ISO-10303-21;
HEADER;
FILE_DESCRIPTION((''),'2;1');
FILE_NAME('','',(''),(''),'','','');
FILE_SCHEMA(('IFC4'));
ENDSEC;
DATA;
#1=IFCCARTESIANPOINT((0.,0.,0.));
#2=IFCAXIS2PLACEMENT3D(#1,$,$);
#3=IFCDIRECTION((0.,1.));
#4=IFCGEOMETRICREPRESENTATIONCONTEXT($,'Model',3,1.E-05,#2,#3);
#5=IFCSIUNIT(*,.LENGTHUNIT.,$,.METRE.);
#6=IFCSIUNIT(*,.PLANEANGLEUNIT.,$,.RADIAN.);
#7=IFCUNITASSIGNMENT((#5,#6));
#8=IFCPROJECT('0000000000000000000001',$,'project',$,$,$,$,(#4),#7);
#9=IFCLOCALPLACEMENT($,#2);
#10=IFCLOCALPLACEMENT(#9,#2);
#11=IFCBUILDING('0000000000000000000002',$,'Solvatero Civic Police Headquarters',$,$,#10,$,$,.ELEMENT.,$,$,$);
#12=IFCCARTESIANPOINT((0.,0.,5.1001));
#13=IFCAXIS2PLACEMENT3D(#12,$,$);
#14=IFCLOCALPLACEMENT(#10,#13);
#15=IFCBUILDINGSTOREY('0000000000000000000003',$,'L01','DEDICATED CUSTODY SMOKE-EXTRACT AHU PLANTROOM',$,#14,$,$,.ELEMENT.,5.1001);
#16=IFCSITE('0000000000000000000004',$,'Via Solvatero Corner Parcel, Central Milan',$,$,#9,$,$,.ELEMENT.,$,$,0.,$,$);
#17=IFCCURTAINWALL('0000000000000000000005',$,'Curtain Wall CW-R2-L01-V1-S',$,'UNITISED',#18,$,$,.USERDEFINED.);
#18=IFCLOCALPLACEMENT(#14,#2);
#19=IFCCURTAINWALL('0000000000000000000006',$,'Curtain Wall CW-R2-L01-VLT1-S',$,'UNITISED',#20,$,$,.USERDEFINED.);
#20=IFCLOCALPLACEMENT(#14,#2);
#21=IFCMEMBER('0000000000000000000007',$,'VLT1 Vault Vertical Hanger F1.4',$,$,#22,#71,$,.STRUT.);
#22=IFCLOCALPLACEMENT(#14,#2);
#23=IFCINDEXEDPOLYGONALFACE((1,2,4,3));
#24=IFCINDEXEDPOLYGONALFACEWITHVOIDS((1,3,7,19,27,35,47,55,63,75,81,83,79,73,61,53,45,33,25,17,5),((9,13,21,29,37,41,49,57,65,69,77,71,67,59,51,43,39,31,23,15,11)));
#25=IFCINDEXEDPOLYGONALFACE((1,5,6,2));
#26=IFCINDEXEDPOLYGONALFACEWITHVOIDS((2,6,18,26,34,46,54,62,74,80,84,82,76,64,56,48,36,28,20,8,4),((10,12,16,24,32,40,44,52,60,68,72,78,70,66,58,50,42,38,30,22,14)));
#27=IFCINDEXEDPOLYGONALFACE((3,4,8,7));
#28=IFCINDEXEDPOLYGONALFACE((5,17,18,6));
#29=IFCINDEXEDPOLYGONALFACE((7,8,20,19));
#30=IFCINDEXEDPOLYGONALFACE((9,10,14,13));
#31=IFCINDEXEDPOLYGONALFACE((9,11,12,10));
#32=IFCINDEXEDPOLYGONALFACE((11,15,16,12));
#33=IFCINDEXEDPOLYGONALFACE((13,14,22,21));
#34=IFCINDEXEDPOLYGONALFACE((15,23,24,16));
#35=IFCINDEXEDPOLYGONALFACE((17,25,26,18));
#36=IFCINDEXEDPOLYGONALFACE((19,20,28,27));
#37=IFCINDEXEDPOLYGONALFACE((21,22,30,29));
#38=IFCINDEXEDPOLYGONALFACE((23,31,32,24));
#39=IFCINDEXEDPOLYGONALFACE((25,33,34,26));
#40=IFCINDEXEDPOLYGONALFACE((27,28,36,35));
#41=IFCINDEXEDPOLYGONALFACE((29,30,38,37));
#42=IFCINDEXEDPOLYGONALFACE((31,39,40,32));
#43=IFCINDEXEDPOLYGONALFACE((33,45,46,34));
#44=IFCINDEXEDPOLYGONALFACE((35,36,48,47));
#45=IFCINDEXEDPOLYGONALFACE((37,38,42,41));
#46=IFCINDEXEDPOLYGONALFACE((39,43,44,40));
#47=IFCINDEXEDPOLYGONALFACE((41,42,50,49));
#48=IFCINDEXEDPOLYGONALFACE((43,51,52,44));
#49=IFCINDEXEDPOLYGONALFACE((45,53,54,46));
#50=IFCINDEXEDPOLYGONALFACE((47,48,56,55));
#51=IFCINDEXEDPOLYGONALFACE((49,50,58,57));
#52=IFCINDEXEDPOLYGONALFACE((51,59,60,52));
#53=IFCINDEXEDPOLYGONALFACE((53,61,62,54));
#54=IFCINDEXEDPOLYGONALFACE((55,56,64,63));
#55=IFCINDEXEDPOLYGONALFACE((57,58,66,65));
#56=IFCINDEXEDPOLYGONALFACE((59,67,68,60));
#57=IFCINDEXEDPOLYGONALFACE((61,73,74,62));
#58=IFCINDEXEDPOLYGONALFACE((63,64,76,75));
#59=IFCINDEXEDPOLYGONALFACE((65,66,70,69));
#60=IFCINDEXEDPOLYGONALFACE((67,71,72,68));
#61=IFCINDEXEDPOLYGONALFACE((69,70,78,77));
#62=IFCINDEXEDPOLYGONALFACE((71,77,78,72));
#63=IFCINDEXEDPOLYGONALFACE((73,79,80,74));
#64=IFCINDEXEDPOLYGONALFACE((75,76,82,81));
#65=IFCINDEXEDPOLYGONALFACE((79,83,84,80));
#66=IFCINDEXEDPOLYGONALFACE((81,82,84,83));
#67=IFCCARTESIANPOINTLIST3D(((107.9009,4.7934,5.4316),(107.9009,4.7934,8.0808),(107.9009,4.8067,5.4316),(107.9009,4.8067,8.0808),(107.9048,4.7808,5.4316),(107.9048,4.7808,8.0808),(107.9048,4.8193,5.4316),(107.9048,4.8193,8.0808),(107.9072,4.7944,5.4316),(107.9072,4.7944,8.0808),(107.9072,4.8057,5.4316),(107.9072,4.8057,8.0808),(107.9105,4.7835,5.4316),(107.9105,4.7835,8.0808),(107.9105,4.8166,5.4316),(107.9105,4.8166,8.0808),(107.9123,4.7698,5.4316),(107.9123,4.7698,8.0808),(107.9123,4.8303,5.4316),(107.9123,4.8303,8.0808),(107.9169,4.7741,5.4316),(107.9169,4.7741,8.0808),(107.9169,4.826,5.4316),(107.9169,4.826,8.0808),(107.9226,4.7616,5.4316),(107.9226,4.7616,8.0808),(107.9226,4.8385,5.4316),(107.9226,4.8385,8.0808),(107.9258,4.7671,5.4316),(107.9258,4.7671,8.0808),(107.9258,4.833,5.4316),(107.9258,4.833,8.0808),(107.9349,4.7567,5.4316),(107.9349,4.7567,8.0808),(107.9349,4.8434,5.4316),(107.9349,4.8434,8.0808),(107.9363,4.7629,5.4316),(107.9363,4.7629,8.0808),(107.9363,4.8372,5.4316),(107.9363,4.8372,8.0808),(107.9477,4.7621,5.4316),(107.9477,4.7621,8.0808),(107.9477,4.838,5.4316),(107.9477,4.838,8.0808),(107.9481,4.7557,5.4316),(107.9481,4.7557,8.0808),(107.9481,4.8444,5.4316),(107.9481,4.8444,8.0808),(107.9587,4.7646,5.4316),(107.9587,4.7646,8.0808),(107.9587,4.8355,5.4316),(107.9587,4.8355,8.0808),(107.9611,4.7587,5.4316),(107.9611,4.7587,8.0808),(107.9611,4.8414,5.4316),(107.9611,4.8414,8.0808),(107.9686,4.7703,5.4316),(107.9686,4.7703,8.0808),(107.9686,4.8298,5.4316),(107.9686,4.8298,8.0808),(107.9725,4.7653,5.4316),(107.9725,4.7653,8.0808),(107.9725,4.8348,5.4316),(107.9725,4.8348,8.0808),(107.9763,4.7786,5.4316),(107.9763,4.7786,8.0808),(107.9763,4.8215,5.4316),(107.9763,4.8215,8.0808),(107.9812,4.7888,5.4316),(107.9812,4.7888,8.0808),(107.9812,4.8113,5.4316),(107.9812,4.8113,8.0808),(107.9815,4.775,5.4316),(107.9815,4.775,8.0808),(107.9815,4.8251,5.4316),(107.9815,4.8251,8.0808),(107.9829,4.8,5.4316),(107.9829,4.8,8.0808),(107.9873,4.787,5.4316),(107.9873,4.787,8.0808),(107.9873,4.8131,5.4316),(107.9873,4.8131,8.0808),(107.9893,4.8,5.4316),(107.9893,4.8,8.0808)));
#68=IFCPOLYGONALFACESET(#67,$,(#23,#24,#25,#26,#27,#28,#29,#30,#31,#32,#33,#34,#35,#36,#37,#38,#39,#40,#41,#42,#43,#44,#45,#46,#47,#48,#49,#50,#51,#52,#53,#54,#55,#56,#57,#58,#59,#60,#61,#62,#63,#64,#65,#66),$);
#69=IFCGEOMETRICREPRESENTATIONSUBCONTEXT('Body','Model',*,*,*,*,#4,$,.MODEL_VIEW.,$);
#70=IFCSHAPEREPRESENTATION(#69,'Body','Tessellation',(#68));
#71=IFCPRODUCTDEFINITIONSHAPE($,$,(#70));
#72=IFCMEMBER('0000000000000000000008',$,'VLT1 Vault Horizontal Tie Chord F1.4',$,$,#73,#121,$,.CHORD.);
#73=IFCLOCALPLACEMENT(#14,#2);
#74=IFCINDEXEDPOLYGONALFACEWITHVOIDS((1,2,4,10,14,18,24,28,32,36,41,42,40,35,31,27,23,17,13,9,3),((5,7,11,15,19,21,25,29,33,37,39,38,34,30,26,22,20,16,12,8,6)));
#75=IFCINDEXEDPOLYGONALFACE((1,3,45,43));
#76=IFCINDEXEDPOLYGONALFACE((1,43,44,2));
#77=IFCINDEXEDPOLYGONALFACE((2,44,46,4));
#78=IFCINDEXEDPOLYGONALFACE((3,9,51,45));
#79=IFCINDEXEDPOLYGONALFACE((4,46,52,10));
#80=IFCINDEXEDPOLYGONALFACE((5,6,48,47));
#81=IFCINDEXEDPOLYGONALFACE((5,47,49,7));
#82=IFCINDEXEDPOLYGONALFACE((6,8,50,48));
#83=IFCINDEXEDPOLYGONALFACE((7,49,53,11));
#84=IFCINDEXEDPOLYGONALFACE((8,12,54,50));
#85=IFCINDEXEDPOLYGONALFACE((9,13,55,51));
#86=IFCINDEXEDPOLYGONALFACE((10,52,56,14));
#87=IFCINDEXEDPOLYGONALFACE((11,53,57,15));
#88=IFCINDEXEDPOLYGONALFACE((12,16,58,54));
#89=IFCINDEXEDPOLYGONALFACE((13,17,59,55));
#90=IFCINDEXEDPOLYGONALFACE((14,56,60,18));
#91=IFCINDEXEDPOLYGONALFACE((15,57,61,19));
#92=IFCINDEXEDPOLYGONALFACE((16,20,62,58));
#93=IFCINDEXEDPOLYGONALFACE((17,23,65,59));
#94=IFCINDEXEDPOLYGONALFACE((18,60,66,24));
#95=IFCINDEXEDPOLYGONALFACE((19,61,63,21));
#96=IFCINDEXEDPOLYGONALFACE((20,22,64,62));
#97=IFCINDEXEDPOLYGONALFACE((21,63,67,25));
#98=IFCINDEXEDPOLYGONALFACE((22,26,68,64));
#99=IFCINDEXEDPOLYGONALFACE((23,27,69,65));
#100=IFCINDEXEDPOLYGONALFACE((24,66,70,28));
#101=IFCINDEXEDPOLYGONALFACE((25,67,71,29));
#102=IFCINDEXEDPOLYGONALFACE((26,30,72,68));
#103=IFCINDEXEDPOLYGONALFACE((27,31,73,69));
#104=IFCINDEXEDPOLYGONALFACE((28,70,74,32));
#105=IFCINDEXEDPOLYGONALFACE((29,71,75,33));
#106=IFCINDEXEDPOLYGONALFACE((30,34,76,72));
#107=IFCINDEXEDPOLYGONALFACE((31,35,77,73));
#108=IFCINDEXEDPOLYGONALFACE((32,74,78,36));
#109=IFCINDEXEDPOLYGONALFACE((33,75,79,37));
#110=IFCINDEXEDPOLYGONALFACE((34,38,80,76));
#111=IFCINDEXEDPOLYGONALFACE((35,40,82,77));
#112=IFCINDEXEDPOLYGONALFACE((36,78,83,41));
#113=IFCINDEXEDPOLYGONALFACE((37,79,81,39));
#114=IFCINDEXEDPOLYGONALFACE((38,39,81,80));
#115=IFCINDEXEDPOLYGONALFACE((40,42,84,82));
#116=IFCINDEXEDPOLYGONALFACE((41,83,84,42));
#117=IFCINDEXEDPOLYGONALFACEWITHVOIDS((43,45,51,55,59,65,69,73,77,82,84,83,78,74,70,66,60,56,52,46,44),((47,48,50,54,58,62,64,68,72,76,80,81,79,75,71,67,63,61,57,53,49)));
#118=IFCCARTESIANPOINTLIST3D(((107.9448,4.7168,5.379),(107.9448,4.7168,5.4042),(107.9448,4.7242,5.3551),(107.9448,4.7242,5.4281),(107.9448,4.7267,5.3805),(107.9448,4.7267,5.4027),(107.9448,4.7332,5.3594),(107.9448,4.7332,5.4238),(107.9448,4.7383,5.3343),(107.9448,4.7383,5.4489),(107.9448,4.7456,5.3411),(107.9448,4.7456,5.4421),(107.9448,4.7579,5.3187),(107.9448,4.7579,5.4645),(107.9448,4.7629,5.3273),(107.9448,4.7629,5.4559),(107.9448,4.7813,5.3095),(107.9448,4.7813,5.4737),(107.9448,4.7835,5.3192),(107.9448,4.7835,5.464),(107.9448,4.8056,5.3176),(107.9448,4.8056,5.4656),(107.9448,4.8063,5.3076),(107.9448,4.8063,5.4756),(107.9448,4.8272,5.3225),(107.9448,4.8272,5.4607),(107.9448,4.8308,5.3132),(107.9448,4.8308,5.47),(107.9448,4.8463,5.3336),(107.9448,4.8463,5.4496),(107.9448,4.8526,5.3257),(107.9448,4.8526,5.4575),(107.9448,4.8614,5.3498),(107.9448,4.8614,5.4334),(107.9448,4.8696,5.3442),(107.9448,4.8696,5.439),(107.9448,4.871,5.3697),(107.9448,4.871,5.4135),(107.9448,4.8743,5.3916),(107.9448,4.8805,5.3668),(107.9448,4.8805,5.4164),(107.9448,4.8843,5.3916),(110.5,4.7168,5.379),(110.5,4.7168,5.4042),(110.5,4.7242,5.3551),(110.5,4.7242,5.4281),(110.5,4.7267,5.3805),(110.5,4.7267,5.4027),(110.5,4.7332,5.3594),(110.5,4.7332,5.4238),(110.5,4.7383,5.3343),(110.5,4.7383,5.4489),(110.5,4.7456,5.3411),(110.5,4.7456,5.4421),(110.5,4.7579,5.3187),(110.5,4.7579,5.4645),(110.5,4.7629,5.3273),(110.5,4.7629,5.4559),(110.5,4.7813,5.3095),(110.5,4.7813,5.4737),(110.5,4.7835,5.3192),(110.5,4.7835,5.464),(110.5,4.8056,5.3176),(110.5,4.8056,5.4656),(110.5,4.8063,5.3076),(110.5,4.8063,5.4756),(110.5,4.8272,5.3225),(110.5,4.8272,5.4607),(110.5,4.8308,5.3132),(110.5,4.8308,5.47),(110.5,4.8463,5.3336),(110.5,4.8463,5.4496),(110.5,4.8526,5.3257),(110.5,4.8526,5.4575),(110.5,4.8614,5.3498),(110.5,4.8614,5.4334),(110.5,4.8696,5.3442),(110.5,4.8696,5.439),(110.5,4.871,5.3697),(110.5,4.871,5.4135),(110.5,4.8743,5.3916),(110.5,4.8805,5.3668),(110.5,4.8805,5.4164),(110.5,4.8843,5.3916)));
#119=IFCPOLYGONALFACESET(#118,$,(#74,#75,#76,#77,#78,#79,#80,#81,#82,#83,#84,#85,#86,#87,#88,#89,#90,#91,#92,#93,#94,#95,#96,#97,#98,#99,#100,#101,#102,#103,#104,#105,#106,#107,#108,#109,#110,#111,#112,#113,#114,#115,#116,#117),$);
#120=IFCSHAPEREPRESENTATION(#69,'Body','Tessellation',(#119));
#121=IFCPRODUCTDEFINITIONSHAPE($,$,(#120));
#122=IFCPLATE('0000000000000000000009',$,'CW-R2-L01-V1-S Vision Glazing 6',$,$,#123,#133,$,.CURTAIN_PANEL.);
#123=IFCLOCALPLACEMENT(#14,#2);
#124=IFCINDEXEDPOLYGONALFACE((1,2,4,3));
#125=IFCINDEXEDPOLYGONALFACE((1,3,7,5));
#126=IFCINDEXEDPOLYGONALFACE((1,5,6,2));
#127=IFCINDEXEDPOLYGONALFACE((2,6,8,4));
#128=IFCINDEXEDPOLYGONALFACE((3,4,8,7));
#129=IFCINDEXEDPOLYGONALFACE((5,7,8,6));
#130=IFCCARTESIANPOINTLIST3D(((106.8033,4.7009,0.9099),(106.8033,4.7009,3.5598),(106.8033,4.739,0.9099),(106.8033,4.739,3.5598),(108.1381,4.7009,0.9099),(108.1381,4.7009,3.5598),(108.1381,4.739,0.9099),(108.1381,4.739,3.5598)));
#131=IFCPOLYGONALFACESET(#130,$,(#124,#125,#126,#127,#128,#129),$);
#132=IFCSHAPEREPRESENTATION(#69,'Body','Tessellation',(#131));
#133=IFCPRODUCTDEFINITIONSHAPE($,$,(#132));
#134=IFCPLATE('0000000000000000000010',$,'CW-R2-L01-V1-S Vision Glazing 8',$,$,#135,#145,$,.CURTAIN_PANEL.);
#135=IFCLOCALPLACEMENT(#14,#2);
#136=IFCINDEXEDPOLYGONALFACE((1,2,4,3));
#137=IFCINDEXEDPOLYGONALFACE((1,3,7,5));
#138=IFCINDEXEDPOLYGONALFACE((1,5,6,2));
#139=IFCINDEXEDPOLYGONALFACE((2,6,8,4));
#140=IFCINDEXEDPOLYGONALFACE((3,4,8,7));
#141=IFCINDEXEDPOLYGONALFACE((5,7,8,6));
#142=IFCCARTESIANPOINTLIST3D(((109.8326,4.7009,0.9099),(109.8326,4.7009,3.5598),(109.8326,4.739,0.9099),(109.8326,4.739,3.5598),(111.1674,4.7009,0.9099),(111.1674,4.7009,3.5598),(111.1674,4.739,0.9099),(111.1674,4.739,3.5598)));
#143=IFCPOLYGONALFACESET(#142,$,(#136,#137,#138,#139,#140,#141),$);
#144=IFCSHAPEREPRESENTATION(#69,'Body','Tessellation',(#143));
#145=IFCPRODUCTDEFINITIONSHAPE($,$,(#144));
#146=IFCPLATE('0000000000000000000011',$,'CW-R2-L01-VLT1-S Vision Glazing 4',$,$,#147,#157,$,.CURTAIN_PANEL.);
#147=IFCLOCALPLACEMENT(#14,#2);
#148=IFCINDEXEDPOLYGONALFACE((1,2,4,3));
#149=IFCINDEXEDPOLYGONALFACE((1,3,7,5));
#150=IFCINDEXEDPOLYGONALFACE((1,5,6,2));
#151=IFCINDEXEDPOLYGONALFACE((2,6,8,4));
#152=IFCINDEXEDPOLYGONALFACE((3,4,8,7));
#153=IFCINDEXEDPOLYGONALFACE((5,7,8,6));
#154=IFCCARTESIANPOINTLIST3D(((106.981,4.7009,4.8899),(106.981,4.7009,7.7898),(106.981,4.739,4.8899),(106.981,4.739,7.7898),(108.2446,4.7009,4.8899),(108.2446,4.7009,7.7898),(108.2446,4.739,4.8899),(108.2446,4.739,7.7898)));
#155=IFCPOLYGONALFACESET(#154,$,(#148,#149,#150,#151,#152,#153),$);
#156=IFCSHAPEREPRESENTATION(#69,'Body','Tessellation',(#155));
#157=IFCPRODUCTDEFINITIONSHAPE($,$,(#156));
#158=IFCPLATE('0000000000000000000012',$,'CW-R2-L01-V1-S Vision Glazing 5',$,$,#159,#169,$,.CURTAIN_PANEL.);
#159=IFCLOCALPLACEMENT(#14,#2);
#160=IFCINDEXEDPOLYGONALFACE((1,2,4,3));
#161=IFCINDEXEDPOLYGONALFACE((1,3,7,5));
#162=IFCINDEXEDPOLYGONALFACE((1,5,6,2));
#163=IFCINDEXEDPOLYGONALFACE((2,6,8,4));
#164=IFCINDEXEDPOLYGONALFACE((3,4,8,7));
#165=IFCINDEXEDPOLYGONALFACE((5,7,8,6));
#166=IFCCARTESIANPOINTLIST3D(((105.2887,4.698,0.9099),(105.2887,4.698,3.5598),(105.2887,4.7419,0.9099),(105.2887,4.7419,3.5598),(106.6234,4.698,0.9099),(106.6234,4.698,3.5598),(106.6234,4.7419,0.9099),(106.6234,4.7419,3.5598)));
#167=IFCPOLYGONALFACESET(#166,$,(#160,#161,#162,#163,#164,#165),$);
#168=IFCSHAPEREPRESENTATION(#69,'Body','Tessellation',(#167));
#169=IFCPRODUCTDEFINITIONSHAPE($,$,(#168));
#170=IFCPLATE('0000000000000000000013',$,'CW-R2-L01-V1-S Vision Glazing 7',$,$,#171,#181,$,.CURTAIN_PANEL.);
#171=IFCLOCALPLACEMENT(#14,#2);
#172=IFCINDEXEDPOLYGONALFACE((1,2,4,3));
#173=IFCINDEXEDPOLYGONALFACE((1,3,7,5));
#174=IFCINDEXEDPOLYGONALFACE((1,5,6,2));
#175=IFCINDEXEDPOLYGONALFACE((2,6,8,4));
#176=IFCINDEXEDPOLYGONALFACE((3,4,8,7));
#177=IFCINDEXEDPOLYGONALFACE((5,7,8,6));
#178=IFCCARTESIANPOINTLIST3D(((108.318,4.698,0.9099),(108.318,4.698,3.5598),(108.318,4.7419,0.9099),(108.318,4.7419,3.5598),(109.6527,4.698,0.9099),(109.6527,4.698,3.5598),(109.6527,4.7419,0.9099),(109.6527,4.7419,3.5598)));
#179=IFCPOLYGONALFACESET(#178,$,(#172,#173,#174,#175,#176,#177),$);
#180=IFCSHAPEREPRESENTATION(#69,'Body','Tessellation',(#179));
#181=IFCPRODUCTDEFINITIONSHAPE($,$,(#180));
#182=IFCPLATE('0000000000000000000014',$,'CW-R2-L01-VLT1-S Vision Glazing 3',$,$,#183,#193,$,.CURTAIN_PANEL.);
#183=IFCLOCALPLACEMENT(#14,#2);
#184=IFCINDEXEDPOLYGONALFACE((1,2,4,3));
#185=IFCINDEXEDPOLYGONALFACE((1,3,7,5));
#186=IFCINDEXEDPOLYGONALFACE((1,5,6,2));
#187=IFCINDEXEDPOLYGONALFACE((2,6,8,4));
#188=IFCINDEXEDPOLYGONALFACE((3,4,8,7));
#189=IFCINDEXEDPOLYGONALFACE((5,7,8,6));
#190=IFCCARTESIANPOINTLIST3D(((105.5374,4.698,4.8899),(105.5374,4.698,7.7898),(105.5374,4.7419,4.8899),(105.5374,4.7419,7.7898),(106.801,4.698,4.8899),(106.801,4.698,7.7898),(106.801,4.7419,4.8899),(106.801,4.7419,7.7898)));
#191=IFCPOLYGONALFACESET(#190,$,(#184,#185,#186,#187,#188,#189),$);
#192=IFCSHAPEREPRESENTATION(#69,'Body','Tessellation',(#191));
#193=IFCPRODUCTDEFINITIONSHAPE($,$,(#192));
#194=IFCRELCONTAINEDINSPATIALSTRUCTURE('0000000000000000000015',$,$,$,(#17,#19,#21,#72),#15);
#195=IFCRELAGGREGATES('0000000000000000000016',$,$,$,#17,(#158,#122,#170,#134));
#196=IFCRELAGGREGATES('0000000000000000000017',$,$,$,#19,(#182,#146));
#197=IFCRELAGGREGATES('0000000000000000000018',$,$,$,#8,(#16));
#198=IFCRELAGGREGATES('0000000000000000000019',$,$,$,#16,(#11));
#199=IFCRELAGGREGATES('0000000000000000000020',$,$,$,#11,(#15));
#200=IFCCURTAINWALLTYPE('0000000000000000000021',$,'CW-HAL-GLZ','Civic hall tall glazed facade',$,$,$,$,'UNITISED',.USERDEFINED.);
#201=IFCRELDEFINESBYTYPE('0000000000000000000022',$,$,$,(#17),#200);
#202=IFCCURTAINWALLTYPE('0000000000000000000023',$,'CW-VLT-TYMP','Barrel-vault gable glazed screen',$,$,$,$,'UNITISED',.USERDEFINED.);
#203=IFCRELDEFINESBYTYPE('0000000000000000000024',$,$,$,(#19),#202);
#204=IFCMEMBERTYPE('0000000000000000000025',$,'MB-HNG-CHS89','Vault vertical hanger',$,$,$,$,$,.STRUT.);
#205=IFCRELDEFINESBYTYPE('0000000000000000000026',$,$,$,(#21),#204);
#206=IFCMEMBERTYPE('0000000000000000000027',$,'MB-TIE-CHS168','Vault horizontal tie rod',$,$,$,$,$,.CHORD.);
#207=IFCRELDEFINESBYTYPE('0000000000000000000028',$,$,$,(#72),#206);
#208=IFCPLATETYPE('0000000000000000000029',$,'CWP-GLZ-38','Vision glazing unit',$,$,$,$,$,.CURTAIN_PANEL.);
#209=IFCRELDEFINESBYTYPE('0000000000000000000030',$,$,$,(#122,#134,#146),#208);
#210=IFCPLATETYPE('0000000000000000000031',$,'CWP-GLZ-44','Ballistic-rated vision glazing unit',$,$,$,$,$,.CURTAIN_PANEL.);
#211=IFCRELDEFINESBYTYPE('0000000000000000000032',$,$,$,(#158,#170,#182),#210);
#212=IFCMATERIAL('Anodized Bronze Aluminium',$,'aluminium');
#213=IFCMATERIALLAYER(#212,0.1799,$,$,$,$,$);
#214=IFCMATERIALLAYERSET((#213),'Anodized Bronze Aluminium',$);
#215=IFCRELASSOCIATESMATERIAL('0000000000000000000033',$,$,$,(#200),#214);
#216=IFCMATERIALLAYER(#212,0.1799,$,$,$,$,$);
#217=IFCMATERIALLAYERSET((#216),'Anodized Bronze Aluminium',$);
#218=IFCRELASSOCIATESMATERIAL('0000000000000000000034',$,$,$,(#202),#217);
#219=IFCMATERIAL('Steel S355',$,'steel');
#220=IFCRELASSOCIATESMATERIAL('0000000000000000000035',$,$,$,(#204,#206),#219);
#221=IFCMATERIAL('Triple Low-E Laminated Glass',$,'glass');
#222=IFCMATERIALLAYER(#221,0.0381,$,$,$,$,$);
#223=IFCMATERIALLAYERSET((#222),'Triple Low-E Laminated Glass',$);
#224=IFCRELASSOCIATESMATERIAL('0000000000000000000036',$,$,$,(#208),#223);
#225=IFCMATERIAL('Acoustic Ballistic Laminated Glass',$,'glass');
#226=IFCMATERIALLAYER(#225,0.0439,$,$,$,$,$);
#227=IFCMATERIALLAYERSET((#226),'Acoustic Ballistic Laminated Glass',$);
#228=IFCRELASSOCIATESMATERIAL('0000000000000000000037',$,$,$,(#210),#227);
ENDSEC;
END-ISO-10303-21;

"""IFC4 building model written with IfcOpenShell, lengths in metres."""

from ifc_helpers import new_model, si_unit, direction, frame, origin, origin_2d, place, context, subcontext, project, spatial, rectangle, hollow_circle, extrude, material, layer, layer_set, material_profile, profile_set, type_object, element, aggregate, save


model = new_model("IFC4")

# Units and contexts
model_context = context("Model", 3, precision=1e-05, world=origin(), true_north=direction((0.0, 1.0)))
body_context = subcontext(model_context, "Body", "Model", "MODEL_VIEW")
ifc_project = project(units=[si_unit("LENGTHUNIT", "METRE"), si_unit("PLANEANGLEUNIT", "RADIAN")], contexts=[model_context])

# Site, building, storey
site_placement = place(None, origin())
site = spatial("IfcSite", under=ifc_project, at=site_placement, Name="Via Solvatero Corner Parcel, Central Milan", CompositionType="ELEMENT", RefElevation=0.0)
building_placement = place(site_placement, origin())
building = spatial("IfcBuilding", under=site, at=building_placement, Name="Solvatero Civic Police Headquarters", CompositionType="ELEMENT")
storey_placement = place(building_placement, frame((0.0, 0.0, 5.1001)))
storey = spatial("IfcBuildingStorey", under=building, at=storey_placement, Name="L01", Description="DEDICATED CUSTODY SMOKE-EXTRACT AHU PLANTROOM", CompositionType="ELEMENT", Elevation=5.1001)

# Shared definitions
ifc_material_1 = material(Name="Steel S355", Category="steel")

# Curtain walls
ifc_material_2 = material(Name="Anodized Bronze Aluminium", Category="aluminium")
ifc_layer_1 = layer(ifc_material_2, 0.1799)
ifc_layer_set_1 = layer_set([ifc_layer_1], Name="Anodized Bronze Aluminium")
curtain_wall_type_1 = type_object("IfcCurtainWallType", Name="CW-HAL-GLZ", Description="Civic hall tall glazed facade", ElementType="UNITISED", PredefinedType="USERDEFINED", material=ifc_layer_set_1)
curtain_wall_1_placement = place(storey_placement, origin())
curtain_wall_1 = element("IfcCurtainWall", 1, at=curtain_wall_1_placement, inside=storey, type_object=curtain_wall_type_1, Name="Curtain Wall CW-R2-L01-V1-S", ObjectType="UNITISED", PredefinedType="USERDEFINED")
ifc_layer_2 = layer(ifc_material_2, 0.1799)
ifc_layer_set_2 = layer_set([ifc_layer_2], Name="Anodized Bronze Aluminium")
curtain_wall_type_2 = type_object("IfcCurtainWallType", Name="CW-VLT-TYMP", Description="Barrel-vault gable glazed screen", ElementType="UNITISED", PredefinedType="USERDEFINED", material=ifc_layer_set_2)
curtain_wall_2_placement = place(storey_placement, origin())
curtain_wall_2 = element("IfcCurtainWall", 2, at=curtain_wall_2_placement, inside=storey, type_object=curtain_wall_type_2, Name="Curtain Wall CW-R2-L01-VLT1-S", ObjectType="UNITISED", PredefinedType="USERDEFINED")

# Members
ifc_material_profile_1 = material_profile(ifc_material_1, hollow_circle(Radius=0.0444, WallThickness=0.0063, at=origin_2d()), Name="CHS 88.9x6.3")
ifc_profile_set_1 = profile_set([ifc_material_profile_1], Name="Steel S355")
member_type_1 = type_object("IfcMemberType", Name="MB-HNG-CHS89", Description="Vault vertical hanger", PredefinedType="STRUT", material=ifc_profile_set_1)
member_1_placement = place(storey_placement, frame((107.9448, 4.8, 5.4316), z_axis=(0.0, 0.0, 1.0), x_axis=(1.0, 0.0, 0.0)))
element("IfcMember", 3, at=member_1_placement, inside=storey, type_object=member_type_1, Name="VLT1 Vault Vertical Hanger F1.4", PredefinedType="STRUT", context=body_context, shape_type="SweptSolid", body=[
    extrude(hollow_circle(Radius=0.0444, WallThickness=0.0063, at=origin_2d()), origin(), (0.0, 0.0, 1.0), 2.6492),
])
ifc_material_profile_2 = material_profile(ifc_material_1, hollow_circle(Radius=0.0842, WallThickness=0.01, at=origin_2d()), Name="CHS 168.3x10.0")
ifc_profile_set_2 = profile_set([ifc_material_profile_2], Name="Steel S355")
member_type_2 = type_object("IfcMemberType", Name="MB-TIE-CHS168", Description="Vault horizontal tie rod", PredefinedType="CHORD", material=ifc_profile_set_2)
member_2_placement = place(storey_placement, frame((107.9448, 4.8, 5.3916), z_axis=(1.0, 0.0, 0.0), x_axis=(0.0, 1.0, 0.0)))
element("IfcMember", 4, at=member_2_placement, inside=storey, type_object=member_type_2, Name="VLT1 Vault Horizontal Tie Chord F1.4", PredefinedType="CHORD", context=body_context, shape_type="SweptSolid", body=[
    extrude(hollow_circle(Radius=0.0842, WallThickness=0.01, at=origin_2d()), origin(), (0.0, 0.0, 1.0), 2.5552),
])

# Plates
ifc_material_3 = material(Name="Triple Low-E Laminated Glass", Category="glass")
ifc_layer_3 = layer(ifc_material_3, 0.0381)
ifc_layer_set_3 = layer_set([ifc_layer_3], Name="Triple Low-E Laminated Glass")
plate_type_1 = type_object("IfcPlateType", Name="CWP-GLZ-38", Description="Vision glazing unit", PredefinedType="CURTAIN_PANEL", material=ifc_layer_set_3)
plate_1_placement = place(storey_placement, frame((107.4707, 4.72, 0.9099), z_axis=(0.0, 0.0, 1.0), x_axis=(1.0, 0.0, 0.0)))
plate_1 = element("IfcPlate", 5, at=plate_1_placement, type_object=plate_type_1, Name="CW-R2-L01-V1-S Vision Glazing 6", PredefinedType="CURTAIN_PANEL", context=body_context, shape_type="SweptSolid", body=[
    extrude(rectangle(XDim=1.3347, YDim=0.0381, at=origin_2d()), origin(), (0.0, 0.0, 1.0), 2.6499),
])
plate_2_placement = place(storey_placement, frame((110.5, 4.72, 0.9099), z_axis=(0.0, 0.0, 1.0), x_axis=(1.0, 0.0, 0.0)))
plate_2 = element("IfcPlate", 6, at=plate_2_placement, type_object=plate_type_1, Name="CW-R2-L01-V1-S Vision Glazing 8", PredefinedType="CURTAIN_PANEL", context=body_context, shape_type="SweptSolid", body=[
    extrude(rectangle(XDim=1.3347, YDim=0.0381, at=origin_2d()), origin(), (0.0, 0.0, 1.0), 2.6499),
])
plate_3_placement = place(storey_placement, frame((107.6128, 4.72, 4.8899), z_axis=(0.0, 0.0, 1.0), x_axis=(1.0, 0.0, 0.0)))
plate_3 = element("IfcPlate", 7, at=plate_3_placement, type_object=plate_type_1, Name="CW-R2-L01-VLT1-S Vision Glazing 4", PredefinedType="CURTAIN_PANEL", context=body_context, shape_type="SweptSolid", body=[
    extrude(rectangle(XDim=1.2637, YDim=0.0381, at=origin_2d()), origin(), (0.0, 0.0, 1.0), 2.8999),
])
ifc_material_4 = material(Name="Acoustic Ballistic Laminated Glass", Category="glass")
ifc_layer_4 = layer(ifc_material_4, 0.0439)
ifc_layer_set_4 = layer_set([ifc_layer_4], Name="Acoustic Ballistic Laminated Glass")
plate_type_2 = type_object("IfcPlateType", Name="CWP-GLZ-44", Description="Ballistic-rated vision glazing unit", PredefinedType="CURTAIN_PANEL", material=ifc_layer_set_4)
plate_4_placement = place(storey_placement, frame((105.9561, 4.72, 0.9099), z_axis=(0.0, 0.0, 1.0), x_axis=(1.0, 0.0, 0.0)))
plate_4 = element("IfcPlate", 8, at=plate_4_placement, type_object=plate_type_2, Name="CW-R2-L01-V1-S Vision Glazing 5", PredefinedType="CURTAIN_PANEL", context=body_context, shape_type="SweptSolid", body=[
    extrude(rectangle(XDim=1.3347, YDim=0.0439, at=origin_2d()), origin(), (0.0, 0.0, 1.0), 2.6499),
])
plate_5_placement = place(storey_placement, frame((108.9854, 4.72, 0.9099), z_axis=(0.0, 0.0, 1.0), x_axis=(1.0, 0.0, 0.0)))
plate_5 = element("IfcPlate", 9, at=plate_5_placement, type_object=plate_type_2, Name="CW-R2-L01-V1-S Vision Glazing 7", PredefinedType="CURTAIN_PANEL", context=body_context, shape_type="SweptSolid", body=[
    extrude(rectangle(XDim=1.3347, YDim=0.0439, at=origin_2d()), origin(), (0.0, 0.0, 1.0), 2.6499),
])
plate_6_placement = place(storey_placement, frame((106.1692, 4.72, 4.8899), z_axis=(0.0, 0.0, 1.0), x_axis=(1.0, 0.0, 0.0)))
plate_6 = element("IfcPlate", 10, at=plate_6_placement, type_object=plate_type_2, Name="CW-R2-L01-VLT1-S Vision Glazing 3", PredefinedType="CURTAIN_PANEL", context=body_context, shape_type="SweptSolid", body=[
    extrude(rectangle(XDim=1.2637, YDim=0.0439, at=origin_2d()), origin(), (0.0, 0.0, 1.0), 2.8999),
])
aggregate(curtain_wall_1, [plate_4, plate_1, plate_5, plate_2])
aggregate(curtain_wall_2, [plate_6, plate_3])

save(model, "model.ifc")
